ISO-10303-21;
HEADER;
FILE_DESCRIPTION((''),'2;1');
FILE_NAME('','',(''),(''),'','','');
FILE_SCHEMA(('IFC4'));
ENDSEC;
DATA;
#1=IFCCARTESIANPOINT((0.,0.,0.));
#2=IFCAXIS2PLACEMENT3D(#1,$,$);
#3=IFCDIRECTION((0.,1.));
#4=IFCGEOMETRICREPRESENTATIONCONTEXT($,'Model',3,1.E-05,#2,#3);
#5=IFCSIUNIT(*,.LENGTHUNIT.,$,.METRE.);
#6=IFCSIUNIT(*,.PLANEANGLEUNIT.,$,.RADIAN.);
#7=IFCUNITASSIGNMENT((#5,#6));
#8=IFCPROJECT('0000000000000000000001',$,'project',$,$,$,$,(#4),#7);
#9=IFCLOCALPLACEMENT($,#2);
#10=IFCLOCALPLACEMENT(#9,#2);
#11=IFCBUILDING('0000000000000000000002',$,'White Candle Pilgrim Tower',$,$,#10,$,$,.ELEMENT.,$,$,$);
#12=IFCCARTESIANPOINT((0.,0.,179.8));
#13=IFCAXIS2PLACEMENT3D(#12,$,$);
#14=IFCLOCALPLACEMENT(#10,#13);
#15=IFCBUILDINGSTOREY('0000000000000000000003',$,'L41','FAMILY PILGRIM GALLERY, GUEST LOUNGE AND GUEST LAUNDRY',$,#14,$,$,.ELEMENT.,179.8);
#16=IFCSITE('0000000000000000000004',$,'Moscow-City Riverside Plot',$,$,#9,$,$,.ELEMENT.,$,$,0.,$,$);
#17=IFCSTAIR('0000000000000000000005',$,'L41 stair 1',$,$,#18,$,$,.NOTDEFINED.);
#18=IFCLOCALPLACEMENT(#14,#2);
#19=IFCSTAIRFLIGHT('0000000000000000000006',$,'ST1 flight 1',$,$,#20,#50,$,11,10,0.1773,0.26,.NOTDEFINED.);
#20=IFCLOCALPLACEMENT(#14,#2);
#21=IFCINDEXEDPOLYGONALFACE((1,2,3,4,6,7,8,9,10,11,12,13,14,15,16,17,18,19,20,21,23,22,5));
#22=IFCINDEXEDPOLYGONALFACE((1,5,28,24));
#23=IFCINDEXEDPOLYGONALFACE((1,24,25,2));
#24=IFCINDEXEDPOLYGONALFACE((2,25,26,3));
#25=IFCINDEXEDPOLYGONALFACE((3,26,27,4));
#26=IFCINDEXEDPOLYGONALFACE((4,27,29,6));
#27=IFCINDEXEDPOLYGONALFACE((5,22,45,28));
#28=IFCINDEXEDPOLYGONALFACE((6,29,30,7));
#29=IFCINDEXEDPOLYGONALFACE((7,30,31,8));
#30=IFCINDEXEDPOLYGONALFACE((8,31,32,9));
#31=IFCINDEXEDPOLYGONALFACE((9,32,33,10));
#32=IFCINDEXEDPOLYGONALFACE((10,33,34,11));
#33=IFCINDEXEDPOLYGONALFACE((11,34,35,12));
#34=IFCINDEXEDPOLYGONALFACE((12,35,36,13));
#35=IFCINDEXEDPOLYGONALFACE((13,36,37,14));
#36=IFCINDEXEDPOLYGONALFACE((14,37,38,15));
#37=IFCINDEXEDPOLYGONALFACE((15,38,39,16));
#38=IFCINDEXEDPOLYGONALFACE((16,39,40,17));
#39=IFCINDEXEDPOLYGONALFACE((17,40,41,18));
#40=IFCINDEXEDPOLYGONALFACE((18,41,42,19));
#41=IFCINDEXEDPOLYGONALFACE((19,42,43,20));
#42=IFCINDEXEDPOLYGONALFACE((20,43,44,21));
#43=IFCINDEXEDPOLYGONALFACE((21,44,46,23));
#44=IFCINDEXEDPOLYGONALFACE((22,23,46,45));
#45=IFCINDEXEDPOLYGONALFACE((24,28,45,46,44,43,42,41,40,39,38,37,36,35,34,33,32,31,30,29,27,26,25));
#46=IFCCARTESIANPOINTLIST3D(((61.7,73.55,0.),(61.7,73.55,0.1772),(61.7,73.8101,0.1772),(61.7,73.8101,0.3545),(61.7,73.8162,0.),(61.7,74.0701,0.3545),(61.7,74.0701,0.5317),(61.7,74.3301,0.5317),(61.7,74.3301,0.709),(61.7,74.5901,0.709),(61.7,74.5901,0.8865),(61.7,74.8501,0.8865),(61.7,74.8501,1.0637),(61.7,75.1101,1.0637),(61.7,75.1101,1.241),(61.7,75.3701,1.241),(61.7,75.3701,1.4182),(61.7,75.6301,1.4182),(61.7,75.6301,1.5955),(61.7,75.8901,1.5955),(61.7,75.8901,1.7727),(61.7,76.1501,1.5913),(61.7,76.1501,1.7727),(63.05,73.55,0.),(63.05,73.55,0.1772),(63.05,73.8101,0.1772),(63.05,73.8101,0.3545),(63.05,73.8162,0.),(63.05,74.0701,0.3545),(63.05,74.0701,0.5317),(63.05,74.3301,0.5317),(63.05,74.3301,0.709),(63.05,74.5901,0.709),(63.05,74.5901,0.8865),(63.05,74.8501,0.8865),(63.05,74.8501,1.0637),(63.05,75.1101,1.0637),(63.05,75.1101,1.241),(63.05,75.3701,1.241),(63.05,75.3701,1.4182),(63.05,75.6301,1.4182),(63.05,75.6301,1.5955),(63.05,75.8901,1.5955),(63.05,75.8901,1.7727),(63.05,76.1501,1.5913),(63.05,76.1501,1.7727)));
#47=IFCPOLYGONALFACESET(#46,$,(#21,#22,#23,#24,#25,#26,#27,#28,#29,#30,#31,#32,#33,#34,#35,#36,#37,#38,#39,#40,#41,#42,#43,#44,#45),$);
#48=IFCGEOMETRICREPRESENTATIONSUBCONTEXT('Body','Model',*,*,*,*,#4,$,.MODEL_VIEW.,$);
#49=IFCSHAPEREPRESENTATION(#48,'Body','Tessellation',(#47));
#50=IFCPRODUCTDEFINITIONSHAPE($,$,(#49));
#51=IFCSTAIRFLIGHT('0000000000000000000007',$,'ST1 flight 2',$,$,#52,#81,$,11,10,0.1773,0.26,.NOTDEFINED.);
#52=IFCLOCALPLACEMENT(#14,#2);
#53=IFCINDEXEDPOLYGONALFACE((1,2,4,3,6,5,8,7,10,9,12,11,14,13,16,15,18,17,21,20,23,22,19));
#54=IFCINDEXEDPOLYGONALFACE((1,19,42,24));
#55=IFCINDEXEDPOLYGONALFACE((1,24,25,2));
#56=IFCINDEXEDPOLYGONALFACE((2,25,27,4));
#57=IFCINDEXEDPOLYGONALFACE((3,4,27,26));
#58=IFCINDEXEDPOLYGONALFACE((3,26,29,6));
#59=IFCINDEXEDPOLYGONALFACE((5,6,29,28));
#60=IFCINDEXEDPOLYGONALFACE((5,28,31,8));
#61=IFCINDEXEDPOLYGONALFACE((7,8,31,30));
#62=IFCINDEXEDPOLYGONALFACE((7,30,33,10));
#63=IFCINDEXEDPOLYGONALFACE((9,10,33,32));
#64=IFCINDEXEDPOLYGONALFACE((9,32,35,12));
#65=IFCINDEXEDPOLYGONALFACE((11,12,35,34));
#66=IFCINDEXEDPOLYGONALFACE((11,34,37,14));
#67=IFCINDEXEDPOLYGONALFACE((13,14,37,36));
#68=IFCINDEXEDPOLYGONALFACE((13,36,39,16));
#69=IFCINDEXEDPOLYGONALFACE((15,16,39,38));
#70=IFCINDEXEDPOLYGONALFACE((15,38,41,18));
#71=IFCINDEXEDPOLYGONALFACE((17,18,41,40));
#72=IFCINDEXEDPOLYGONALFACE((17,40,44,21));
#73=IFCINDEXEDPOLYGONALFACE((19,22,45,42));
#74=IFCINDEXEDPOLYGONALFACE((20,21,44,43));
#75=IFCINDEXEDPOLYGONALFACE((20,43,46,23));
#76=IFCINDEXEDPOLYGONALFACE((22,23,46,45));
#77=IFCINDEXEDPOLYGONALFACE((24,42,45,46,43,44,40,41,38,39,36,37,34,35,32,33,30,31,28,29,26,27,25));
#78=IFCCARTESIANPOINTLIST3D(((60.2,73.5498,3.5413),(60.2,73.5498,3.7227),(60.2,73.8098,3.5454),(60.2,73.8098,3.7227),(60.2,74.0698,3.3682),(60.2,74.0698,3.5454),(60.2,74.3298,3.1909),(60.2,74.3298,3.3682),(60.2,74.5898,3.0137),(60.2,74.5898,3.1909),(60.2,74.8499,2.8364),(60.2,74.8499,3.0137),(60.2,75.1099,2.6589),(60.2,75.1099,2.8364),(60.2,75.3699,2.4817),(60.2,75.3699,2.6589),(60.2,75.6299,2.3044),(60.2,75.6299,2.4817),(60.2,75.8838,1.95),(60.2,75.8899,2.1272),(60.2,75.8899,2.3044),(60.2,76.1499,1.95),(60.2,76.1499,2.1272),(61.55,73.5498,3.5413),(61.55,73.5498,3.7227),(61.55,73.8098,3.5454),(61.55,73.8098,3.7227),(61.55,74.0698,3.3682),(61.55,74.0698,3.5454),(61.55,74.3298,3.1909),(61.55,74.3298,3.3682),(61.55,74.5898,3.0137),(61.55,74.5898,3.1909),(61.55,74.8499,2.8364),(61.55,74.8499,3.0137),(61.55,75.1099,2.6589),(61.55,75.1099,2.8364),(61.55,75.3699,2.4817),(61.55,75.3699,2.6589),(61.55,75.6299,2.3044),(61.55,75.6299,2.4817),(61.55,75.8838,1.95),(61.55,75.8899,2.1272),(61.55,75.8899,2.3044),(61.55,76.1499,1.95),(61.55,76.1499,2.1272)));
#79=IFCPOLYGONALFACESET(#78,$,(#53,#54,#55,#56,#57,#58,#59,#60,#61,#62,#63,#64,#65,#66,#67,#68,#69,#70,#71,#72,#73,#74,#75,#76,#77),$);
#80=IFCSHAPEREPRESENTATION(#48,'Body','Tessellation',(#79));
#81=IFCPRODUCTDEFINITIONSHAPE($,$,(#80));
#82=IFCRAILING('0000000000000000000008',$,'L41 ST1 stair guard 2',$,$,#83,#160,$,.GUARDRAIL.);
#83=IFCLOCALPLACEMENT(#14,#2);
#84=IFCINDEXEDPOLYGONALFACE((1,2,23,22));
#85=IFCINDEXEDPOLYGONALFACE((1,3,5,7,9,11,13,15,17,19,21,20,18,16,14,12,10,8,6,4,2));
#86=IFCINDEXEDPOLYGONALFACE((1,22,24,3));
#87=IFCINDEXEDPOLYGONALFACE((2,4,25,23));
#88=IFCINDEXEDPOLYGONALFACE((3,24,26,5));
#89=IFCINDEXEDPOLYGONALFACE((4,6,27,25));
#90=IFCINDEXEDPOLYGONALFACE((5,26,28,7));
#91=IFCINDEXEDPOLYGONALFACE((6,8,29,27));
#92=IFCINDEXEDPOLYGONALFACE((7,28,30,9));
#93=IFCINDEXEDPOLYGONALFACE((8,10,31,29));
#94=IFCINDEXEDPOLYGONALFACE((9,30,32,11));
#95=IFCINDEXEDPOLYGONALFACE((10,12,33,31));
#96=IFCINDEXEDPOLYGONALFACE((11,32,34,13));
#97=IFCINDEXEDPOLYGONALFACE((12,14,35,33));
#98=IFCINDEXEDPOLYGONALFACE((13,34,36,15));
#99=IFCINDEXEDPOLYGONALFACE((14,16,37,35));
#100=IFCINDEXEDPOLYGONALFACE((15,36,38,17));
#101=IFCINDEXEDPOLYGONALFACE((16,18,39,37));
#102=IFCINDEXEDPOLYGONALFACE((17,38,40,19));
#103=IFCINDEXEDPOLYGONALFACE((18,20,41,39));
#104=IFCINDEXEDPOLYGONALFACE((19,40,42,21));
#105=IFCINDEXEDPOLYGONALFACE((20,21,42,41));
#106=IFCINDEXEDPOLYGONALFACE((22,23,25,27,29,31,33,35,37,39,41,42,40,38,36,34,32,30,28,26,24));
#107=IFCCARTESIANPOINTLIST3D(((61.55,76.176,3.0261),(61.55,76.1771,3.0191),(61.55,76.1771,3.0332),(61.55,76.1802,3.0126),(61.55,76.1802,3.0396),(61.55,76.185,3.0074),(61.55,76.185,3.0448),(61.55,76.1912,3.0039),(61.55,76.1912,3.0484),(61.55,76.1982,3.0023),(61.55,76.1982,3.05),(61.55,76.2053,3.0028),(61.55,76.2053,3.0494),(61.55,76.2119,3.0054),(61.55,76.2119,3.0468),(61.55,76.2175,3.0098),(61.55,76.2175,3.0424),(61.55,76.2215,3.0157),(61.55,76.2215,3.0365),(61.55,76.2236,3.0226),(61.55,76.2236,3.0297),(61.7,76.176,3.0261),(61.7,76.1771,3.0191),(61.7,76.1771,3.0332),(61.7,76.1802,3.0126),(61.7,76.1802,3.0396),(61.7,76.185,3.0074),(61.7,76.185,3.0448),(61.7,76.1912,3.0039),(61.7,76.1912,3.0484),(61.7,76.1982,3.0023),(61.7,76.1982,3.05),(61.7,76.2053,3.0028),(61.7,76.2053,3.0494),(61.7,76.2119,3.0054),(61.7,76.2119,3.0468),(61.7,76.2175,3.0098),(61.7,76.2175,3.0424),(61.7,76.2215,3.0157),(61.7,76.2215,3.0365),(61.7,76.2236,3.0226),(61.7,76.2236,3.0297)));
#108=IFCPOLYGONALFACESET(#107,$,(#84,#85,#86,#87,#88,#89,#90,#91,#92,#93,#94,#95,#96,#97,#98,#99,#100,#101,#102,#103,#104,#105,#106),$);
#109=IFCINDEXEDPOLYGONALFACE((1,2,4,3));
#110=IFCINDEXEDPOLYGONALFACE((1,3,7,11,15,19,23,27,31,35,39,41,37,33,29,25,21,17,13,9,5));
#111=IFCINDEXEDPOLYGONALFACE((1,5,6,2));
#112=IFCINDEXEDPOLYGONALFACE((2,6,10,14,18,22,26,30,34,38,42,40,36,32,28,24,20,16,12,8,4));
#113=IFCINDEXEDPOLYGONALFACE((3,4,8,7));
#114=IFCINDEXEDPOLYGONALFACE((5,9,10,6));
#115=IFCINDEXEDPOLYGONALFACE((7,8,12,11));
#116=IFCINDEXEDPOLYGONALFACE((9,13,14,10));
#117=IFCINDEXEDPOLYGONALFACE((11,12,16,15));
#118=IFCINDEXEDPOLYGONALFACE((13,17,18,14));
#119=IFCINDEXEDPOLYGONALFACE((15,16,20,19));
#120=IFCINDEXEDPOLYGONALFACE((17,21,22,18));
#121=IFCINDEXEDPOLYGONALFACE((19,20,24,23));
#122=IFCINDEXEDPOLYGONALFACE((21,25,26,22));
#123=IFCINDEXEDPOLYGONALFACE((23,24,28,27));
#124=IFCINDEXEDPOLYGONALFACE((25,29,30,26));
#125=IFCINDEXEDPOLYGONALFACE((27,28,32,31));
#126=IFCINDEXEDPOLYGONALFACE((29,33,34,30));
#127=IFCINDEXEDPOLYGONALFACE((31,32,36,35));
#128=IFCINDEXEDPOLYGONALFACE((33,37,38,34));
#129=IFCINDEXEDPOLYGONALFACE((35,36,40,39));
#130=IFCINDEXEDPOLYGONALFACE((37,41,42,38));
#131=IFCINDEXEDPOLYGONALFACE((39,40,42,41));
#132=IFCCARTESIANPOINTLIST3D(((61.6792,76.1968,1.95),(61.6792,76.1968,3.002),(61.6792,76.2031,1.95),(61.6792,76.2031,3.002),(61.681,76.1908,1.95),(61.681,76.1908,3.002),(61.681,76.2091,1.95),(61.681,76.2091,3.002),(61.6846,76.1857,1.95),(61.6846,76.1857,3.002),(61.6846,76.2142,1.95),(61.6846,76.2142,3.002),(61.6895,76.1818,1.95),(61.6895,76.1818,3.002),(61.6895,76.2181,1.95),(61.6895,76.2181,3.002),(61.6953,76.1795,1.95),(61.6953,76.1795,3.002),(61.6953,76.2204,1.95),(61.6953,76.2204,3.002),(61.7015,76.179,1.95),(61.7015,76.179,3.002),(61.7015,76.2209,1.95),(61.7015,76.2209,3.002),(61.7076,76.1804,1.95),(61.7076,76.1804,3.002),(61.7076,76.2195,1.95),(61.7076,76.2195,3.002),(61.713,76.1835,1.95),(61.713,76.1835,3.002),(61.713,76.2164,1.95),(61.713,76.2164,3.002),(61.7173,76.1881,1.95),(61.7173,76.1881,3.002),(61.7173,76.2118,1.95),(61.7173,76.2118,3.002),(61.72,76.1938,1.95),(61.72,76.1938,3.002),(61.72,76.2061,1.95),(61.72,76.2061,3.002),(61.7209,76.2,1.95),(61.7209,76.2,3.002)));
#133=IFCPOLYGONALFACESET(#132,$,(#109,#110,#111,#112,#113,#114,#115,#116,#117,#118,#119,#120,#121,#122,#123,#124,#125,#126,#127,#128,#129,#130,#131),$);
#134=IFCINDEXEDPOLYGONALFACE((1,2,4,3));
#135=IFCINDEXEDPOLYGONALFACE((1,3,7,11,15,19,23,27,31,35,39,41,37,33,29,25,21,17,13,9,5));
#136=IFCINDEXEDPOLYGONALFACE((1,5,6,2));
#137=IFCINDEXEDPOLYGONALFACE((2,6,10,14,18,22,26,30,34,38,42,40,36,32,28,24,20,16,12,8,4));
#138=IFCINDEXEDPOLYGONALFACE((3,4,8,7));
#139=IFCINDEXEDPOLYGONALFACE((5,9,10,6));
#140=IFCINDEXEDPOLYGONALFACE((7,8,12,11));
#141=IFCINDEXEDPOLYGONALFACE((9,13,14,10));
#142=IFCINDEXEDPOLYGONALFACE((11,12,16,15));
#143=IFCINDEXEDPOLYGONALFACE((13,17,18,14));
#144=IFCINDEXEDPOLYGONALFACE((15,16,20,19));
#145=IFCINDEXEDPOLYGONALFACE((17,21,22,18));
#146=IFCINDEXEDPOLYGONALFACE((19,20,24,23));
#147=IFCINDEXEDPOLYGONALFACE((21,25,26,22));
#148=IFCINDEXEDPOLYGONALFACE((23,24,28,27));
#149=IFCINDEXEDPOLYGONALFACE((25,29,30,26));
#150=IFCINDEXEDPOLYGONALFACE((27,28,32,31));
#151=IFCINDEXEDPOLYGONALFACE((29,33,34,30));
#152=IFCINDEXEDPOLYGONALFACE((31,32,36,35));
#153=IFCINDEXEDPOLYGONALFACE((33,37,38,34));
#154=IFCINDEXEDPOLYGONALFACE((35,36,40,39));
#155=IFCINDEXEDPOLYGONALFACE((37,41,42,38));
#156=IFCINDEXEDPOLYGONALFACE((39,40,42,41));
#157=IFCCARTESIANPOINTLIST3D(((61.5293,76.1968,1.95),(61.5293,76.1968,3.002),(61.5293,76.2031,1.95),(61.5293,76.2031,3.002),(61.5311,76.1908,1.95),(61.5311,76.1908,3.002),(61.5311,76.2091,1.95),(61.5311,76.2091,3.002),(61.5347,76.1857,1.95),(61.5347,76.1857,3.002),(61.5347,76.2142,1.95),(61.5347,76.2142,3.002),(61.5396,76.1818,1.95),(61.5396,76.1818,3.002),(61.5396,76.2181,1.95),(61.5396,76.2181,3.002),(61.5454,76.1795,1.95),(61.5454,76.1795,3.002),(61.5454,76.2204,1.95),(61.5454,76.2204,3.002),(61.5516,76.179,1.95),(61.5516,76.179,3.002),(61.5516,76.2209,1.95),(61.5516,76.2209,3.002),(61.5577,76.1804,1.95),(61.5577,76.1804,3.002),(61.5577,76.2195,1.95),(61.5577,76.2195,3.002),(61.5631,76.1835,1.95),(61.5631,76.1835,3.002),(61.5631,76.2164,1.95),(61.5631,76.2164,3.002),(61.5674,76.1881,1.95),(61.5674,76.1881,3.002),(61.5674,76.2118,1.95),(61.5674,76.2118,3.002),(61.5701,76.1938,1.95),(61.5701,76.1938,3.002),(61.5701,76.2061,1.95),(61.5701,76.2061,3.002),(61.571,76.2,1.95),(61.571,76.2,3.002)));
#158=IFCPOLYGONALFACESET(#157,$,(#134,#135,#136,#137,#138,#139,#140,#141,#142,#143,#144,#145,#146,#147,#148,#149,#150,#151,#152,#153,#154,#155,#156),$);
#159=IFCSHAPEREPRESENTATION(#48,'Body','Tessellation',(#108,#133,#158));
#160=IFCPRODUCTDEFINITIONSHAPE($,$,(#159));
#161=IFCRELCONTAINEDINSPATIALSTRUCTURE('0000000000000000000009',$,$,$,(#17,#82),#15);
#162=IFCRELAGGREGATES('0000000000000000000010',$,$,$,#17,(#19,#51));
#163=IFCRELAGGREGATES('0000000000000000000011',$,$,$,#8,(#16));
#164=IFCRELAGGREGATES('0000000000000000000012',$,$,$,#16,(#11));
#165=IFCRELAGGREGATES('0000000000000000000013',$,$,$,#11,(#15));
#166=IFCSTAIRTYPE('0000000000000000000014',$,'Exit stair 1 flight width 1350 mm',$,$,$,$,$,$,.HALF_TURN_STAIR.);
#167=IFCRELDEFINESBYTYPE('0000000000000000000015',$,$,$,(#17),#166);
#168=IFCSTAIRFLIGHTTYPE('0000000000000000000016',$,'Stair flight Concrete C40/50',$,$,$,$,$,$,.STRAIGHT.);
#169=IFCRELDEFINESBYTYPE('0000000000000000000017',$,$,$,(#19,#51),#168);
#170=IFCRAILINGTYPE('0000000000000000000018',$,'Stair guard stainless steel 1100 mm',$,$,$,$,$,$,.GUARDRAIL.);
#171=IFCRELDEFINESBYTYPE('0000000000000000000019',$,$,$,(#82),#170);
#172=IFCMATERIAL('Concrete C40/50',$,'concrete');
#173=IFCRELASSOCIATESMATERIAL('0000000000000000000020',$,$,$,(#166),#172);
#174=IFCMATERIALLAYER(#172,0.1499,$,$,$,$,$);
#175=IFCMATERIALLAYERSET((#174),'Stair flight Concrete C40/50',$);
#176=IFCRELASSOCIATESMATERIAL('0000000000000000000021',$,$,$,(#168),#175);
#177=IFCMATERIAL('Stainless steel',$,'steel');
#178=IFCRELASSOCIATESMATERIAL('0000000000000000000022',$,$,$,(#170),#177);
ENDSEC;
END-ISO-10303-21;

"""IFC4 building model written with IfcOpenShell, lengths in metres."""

from ifc_helpers import new_model, si_unit, direction, frame, origin, origin_2d, place, context, subcontext, project, spatial, polyline, circle, outline, extrude, material, layer, layer_set, type_object, element, aggregate, save


model = new_model("IFC4")

# Units and contexts
model_context = context("Model", 3, precision=1e-05, world=origin(), true_north=direction((0.0, 1.0)))
body_context = subcontext(model_context, "Body", "Model", "MODEL_VIEW")
ifc_project = project(units=[si_unit("LENGTHUNIT", "METRE"), si_unit("PLANEANGLEUNIT", "RADIAN")], contexts=[model_context])

# Site, building, storey
site_placement = place(None, origin())
site = spatial("IfcSite", under=ifc_project, at=site_placement, Name="Moscow-City Riverside Plot", CompositionType="ELEMENT", RefElevation=0.0)
building_placement = place(site_placement, origin())
building = spatial("IfcBuilding", under=site, at=building_placement, Name="White Candle Pilgrim Tower", CompositionType="ELEMENT")
storey_placement = place(building_placement, frame((0.0, 0.0, 179.8)))
storey = spatial("IfcBuildingStorey", under=building, at=storey_placement, Name="L41", Description="FAMILY PILGRIM GALLERY, GUEST LOUNGE AND GUEST LAUNDRY", CompositionType="ELEMENT", Elevation=179.8)

# Shared definitions
ifc_material_1 = material(Name="Stainless steel", Category="steel")

# Stair, stair flights
ifc_material_2 = material(Name="Concrete C40/50", Category="concrete")
stair_type = type_object("IfcStairType", Name="Exit stair 1 flight width 1350 mm", PredefinedType="HALF_TURN_STAIR", material=ifc_material_2)
stair_placement = place(storey_placement, origin())
stair = element("IfcStair", 1, at=stair_placement, inside=storey, type_object=stair_type, Name="L41 stair 1", PredefinedType="NOTDEFINED")
ifc_layer_1 = layer(ifc_material_2, 0.1499)
ifc_layer_set_1 = layer_set([ifc_layer_1], Name="Stair flight Concrete C40/50")
stair_flight_type = type_object("IfcStairFlightType", Name="Stair flight Concrete C40/50", PredefinedType="STRAIGHT", material=ifc_layer_set_1)
stair_flight_1_placement = place(storey_placement, frame((62.375, 73.55, 0.0), z_axis=(0.0, 0.0, 1.0), x_axis=(0.0, 1.0, 0.0)))
stair_flight_1 = element("IfcStairFlight", 2, at=stair_flight_1_placement, type_object=stair_flight_type, Name="ST1 flight 1", NumberOfRisers=11, NumberOfTreads=10, PredefinedType="NOTDEFINED", RiserHeight=0.1773, TreadLength=0.26, context=body_context, shape_type="SweptSolid", body=[
    extrude(outline(polyline([(0.0, 0.0), (0.0, 0.1772), (0.26, 0.1772), (0.26, 0.3545), (0.52, 0.3545), (0.52, 0.5317), (0.78, 0.5317), (0.78, 0.709), (1.04, 0.709), (1.04, 0.8865), (1.3, 0.8865), (1.3, 1.0637), (1.5601, 1.0637), (1.5601, 1.241), (1.8201, 1.241), (1.8201, 1.4182), (2.0801, 1.4182), (2.0801, 1.5955), (2.3401, 1.5955), (2.3401, 1.7727), (2.6001, 1.7727), (2.6001, 1.95), (2.6001, 1.5913), (0.2661, 0.0), (0.0, 0.0)])), frame((0.0, 0.675, 0.0), z_axis=(0.0, -1.0, 0.0), x_axis=(1.0, 0.0, 0.0)), (0.0, 0.0, 1.0), 1.3501),
])
stair_flight_2_placement = place(storey_placement, frame((60.875, 76.1499, 1.95), z_axis=(0.0, 0.0, 1.0), x_axis=(0.0, -1.0, 0.0)))
stair_flight_2 = element("IfcStairFlight", 3, at=stair_flight_2_placement, type_object=stair_flight_type, Name="ST1 flight 2", NumberOfRisers=11, NumberOfTreads=10, PredefinedType="NOTDEFINED", RiserHeight=0.1773, TreadLength=0.26, context=body_context, shape_type="SweptSolid", body=[
    extrude(outline(polyline([(0.0, 0.0), (0.0, 0.1772), (0.26, 0.1772), (0.26, 0.3545), (0.52, 0.3545), (0.52, 0.5317), (0.78, 0.5317), (0.78, 0.709), (1.04, 0.709), (1.04, 0.8865), (1.3, 0.8865), (1.3, 1.0637), (1.5601, 1.0637), (1.5601, 1.241), (1.8201, 1.241), (1.8201, 1.4182), (2.0801, 1.4182), (2.0801, 1.5955), (2.3401, 1.5955), (2.3401, 1.7727), (2.6001, 1.7727), (2.6001, 1.95), (2.6001, 1.5913), (0.2661, 0.0), (0.0, 0.0)])), frame((0.0, 0.675, 0.0), z_axis=(0.0, -1.0, 0.0), x_axis=(1.0, 0.0, 0.0)), (0.0, 0.0, 1.0), 1.3501),
])
aggregate(stair, [stair_flight_1, stair_flight_2])

# Railing
railing_type_1 = type_object("IfcRailingType", Name="Stair guard stainless steel 1100 mm", PredefinedType="GUARDRAIL", material=ifc_material_1)
railing_1_placement = place(storey_placement, frame((61.7, 76.2, 1.95)))
element("IfcRailing", 4, at=railing_1_placement, inside=storey, type_object=railing_type_1, Name="L41 ST1 stair guard 2", PredefinedType="GUARDRAIL", context=body_context, shape_type="SweptSolid", body=[
    extrude(circle(Radius=0.0239, at=origin_2d()), frame((0.0, 0.0, 1.0762), z_axis=(-1.0, 0.0, 0.0), x_axis=(0.0, -1.0, 0.0)), (0.0, 0.0, 1.0), 0.1499),
    extrude(circle(Radius=0.021, at=origin_2d()), origin(), (0.0, 0.0, 1.0), 1.052),
    extrude(circle(Radius=0.021, at=origin_2d()), frame((-0.1499, 0.0, 0.0)), (0.0, 0.0, 1.0), 1.052),
])

save(model, "model.ifc")
